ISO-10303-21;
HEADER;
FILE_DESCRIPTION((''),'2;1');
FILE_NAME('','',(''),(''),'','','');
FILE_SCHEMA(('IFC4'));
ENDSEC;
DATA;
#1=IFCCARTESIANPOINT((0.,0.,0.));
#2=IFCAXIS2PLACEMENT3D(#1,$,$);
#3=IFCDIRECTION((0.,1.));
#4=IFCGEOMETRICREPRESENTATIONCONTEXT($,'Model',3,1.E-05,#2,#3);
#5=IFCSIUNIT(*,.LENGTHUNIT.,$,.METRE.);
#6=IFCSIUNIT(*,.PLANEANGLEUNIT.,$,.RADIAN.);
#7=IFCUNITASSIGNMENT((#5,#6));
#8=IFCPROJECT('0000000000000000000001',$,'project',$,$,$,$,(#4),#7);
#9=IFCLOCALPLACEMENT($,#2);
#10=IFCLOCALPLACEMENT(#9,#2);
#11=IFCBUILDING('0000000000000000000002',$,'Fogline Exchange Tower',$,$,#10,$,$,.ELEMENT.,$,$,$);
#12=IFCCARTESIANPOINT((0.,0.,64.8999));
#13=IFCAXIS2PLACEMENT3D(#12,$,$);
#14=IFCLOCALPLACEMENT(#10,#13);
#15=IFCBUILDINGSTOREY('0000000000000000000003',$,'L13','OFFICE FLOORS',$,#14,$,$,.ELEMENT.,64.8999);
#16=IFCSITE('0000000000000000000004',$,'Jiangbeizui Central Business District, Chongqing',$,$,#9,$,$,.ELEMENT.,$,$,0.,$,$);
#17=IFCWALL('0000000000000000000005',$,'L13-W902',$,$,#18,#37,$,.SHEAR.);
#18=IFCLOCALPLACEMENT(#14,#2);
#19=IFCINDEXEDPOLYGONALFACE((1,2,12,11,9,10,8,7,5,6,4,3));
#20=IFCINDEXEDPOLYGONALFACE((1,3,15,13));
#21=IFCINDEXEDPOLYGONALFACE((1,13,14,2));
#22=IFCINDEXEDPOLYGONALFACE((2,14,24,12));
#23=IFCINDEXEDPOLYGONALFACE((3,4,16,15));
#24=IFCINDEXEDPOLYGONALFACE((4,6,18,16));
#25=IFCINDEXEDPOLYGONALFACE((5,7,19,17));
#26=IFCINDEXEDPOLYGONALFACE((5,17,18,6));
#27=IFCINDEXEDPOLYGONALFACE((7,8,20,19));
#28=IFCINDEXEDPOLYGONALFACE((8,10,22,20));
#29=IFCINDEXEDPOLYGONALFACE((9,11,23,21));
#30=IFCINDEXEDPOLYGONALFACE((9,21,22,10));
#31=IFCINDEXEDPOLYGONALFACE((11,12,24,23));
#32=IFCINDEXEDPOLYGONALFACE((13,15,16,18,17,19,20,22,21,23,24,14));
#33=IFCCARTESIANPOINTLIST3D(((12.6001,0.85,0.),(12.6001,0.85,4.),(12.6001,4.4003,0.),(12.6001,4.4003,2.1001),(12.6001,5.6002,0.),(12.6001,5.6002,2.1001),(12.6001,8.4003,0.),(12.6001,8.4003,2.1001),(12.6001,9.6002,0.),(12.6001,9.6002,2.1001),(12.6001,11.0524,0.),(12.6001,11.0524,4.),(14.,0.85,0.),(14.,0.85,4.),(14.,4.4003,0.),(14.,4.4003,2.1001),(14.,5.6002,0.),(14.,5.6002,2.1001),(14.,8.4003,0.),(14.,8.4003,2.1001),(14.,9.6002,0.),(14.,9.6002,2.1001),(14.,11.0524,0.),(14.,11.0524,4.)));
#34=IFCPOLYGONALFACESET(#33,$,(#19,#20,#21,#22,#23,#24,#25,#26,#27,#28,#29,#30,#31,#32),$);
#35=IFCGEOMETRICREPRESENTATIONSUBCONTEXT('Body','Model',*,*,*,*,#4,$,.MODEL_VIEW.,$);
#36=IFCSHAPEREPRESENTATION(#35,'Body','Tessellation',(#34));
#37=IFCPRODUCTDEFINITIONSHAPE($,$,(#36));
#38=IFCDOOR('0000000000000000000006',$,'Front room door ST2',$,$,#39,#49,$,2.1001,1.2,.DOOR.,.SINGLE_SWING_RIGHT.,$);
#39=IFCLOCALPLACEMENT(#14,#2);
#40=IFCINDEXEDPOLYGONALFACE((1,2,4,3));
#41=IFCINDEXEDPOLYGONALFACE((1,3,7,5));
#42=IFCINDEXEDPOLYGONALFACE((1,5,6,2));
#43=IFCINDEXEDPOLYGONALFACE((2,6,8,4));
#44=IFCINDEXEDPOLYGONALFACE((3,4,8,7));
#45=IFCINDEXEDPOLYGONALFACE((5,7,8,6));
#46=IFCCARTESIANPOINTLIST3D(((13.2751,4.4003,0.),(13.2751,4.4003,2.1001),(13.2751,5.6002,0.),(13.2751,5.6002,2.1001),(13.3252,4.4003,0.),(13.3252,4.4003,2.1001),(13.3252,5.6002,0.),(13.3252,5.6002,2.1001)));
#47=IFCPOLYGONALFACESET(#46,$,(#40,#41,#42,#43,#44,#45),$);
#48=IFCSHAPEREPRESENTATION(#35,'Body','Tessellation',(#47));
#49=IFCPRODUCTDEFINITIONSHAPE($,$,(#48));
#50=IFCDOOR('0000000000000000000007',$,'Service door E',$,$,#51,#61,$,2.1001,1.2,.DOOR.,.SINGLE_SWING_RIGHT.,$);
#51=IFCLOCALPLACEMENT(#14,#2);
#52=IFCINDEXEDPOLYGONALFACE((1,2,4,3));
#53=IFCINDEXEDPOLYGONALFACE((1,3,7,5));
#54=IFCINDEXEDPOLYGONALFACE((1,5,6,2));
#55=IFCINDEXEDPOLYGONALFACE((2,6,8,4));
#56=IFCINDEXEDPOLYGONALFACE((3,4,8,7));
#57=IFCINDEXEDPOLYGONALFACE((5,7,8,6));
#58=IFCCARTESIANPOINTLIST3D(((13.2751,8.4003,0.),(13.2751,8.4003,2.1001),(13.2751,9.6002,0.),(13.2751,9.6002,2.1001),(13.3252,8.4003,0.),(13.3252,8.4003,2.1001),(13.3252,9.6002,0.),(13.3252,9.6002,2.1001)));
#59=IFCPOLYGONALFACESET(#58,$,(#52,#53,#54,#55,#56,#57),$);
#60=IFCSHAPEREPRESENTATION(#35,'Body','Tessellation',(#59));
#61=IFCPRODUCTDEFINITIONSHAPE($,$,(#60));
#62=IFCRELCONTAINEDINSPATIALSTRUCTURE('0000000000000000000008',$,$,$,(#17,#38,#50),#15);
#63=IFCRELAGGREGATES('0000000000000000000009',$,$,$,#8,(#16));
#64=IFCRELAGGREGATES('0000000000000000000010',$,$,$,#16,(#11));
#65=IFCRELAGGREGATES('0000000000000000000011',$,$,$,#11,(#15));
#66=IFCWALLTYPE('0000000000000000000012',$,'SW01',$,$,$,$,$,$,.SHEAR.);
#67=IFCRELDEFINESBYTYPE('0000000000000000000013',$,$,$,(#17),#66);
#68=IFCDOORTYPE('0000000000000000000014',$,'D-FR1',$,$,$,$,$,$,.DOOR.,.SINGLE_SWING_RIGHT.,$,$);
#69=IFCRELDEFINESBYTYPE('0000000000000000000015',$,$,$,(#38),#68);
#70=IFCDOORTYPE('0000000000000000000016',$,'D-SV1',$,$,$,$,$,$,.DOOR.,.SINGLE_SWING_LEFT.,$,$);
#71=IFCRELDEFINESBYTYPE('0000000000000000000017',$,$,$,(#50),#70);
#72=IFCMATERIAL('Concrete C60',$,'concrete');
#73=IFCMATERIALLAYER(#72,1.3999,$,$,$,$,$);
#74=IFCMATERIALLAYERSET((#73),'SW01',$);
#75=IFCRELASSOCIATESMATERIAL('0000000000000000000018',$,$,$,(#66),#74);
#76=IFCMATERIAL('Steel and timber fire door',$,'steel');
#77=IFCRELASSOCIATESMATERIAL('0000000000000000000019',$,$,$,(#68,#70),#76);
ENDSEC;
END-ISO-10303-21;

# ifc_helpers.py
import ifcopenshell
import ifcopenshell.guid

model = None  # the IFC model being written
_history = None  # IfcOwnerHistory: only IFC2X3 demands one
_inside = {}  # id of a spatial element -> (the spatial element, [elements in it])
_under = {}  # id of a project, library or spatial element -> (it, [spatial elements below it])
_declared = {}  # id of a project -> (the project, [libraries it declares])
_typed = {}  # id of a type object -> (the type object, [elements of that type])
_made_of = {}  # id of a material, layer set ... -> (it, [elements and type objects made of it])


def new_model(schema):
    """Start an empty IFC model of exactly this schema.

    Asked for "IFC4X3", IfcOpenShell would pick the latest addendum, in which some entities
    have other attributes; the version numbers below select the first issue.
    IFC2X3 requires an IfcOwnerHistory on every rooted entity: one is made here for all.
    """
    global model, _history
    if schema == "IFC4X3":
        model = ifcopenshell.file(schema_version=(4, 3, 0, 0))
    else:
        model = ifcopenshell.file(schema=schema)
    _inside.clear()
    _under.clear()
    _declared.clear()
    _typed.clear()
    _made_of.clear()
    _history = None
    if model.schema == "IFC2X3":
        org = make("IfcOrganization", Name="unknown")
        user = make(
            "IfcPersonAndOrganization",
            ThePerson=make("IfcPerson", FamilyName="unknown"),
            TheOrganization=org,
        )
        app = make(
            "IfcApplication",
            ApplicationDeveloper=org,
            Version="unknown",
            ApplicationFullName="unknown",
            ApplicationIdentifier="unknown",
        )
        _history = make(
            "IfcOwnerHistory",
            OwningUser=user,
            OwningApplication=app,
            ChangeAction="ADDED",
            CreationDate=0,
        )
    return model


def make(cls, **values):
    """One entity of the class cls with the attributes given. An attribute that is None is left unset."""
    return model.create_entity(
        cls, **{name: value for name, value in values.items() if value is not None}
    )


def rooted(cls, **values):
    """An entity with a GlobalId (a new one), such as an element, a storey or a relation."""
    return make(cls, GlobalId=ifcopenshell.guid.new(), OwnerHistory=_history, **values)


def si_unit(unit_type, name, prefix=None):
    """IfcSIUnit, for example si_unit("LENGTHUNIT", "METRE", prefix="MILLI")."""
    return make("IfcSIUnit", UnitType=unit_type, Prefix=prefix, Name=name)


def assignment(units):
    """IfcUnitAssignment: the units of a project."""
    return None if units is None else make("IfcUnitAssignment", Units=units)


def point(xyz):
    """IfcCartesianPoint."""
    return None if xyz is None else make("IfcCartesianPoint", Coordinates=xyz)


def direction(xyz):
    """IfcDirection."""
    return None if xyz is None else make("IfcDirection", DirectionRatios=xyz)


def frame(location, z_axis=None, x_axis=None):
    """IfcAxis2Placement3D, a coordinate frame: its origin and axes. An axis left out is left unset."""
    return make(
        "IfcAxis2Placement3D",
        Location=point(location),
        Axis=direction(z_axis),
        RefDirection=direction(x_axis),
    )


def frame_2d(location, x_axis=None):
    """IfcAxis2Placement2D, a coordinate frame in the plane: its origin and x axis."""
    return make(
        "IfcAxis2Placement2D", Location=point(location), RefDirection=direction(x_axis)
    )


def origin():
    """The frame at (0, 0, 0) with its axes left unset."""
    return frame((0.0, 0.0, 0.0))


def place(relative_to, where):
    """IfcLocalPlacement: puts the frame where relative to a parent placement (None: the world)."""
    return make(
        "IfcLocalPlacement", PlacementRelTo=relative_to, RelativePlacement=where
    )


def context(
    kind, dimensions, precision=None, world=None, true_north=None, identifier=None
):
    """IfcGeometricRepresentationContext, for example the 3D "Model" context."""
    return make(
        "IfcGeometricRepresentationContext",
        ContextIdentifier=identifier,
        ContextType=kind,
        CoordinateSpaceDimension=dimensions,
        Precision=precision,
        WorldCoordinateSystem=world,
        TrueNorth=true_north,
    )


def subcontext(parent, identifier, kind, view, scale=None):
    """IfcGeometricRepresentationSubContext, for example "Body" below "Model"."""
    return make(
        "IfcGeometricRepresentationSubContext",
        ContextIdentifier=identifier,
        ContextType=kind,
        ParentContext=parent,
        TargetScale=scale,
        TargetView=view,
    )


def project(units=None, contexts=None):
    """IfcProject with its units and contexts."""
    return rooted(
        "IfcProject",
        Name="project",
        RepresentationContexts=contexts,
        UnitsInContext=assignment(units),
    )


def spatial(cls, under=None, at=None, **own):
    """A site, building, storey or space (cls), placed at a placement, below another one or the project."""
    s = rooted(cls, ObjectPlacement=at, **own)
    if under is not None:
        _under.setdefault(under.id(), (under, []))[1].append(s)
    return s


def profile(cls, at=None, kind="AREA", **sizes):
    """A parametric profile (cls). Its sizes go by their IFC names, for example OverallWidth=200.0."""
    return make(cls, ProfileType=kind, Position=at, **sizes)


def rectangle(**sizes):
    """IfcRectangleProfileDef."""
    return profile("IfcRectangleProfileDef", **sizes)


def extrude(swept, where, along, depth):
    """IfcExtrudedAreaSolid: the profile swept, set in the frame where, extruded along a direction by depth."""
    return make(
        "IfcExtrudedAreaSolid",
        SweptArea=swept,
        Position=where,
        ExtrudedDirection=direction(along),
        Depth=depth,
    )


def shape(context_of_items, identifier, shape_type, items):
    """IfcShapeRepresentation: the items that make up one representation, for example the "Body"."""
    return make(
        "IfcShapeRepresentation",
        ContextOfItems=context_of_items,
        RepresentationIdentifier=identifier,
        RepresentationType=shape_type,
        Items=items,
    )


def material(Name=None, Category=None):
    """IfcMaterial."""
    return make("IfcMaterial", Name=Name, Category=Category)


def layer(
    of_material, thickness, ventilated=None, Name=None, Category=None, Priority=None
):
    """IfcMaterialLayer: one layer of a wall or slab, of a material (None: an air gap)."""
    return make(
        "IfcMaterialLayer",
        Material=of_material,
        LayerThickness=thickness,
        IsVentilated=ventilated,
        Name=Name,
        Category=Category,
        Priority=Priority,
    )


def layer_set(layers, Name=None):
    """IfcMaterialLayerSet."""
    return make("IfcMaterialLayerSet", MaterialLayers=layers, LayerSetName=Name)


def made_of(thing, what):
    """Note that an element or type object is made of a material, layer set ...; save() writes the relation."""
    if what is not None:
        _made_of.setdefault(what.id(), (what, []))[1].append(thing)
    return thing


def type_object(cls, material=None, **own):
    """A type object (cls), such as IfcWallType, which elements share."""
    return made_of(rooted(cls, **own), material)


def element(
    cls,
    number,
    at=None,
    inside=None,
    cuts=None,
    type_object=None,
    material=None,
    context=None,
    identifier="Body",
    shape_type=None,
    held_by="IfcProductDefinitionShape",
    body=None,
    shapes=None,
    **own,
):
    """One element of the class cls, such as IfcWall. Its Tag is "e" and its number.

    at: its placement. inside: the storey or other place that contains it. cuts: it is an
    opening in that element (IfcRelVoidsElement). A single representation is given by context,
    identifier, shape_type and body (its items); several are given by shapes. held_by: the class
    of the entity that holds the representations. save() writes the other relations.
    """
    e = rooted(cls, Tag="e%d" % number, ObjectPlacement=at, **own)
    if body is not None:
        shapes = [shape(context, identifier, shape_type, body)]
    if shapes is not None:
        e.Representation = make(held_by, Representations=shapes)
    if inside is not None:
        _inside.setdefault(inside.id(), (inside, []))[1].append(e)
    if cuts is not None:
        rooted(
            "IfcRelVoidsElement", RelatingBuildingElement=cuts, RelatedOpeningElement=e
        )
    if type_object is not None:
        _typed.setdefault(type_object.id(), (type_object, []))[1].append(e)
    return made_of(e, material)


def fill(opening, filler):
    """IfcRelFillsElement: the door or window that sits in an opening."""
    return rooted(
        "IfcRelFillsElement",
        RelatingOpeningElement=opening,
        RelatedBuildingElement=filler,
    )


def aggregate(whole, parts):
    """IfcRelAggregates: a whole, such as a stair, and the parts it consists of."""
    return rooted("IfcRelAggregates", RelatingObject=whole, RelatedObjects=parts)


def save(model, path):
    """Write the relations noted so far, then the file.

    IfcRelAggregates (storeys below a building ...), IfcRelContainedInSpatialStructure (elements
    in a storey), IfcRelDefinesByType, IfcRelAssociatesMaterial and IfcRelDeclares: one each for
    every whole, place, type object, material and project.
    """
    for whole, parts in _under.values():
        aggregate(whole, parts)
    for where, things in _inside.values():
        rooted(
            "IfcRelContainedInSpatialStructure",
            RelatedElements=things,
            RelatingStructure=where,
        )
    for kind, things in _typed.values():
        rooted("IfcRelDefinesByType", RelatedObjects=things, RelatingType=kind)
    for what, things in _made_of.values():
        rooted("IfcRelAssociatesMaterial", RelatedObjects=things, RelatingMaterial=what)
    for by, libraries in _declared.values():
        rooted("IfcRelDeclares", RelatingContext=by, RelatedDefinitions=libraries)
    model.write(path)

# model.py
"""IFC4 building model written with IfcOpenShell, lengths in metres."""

from ifc_helpers import new_model, si_unit, direction, frame, frame_2d, origin, place, context, subcontext, project, spatial, rectangle, extrude, material, layer, layer_set, type_object, element, fill, save


model = new_model("IFC4")

# Units and contexts
model_context = context("Model", 3, precision=1e-05, world=origin(), true_north=direction((0.0, 1.0)))
body_context = subcontext(model_context, "Body", "Model", "MODEL_VIEW")
ifc_project = project(units=[si_unit("LENGTHUNIT", "METRE"), si_unit("PLANEANGLEUNIT", "RADIAN")], contexts=[model_context])

# Site, building, storey
site_placement = place(None, origin())
site = spatial("IfcSite", under=ifc_project, at=site_placement, Name="Jiangbeizui Central Business District, Chongqing", CompositionType="ELEMENT", RefElevation=0.0)
building_placement = place(site_placement, origin())
building = spatial("IfcBuilding", under=site, at=building_placement, Name="Fogline Exchange Tower", CompositionType="ELEMENT")
storey_placement = place(building_placement, frame((0.0, 0.0, 64.8999)))
storey = spatial("IfcBuildingStorey", under=building, at=storey_placement, Name="L13", Description="OFFICE FLOORS", CompositionType="ELEMENT", Elevation=64.8999)

# Shared definitions
ifc_material_1 = material(Name="Steel and timber fire door", Category="steel")

# Wall, openings, doors
ifc_material_2 = material(Name="Concrete C60", Category="concrete")
ifc_layer_1 = layer(ifc_material_2, 1.3999)
ifc_layer_set_1 = layer_set([ifc_layer_1], Name="SW01")
wall_type_1 = type_object("IfcWallType", Name="SW01", PredefinedType="SHEAR", material=ifc_layer_set_1)
wall_1_placement = place(storey_placement, frame((13.3, 0.8501, 0.0), z_axis=(0.0, 0.0, 1.0), x_axis=(0.0, 1.0, 0.0)))
wall_1 = element("IfcWall", 1, at=wall_1_placement, inside=storey, type_object=wall_type_1, Name="L13-W902", PredefinedType="SHEAR", context=body_context, shape_type="SweptSolid", body=[
    extrude(rectangle(XDim=10.2024, YDim=1.3999, at=frame_2d((5.1011, 0.0))), origin(), (0.0, 0.0, 1.0), 4.0),
])
opening_1_placement = place(wall_1_placement, frame((3.55, 0.0, 0.0)))
opening_1 = element("IfcOpeningElement", 2, at=opening_1_placement, cuts=wall_1, PredefinedType="OPENING", context=body_context, shape_type="SweptSolid", body=[
    extrude(rectangle(XDim=1.2, YDim=2.1001, at=frame_2d((0.6001, 1.05))), frame((0.0, 0.71, 0.0), z_axis=(0.0, -1.0, 0.0), x_axis=(1.0, 0.0, 0.0)), (0.0, 0.0, 1.0), 1.4199),
])
opening_2_placement = place(wall_1_placement, frame((7.55, 0.0, 0.0)))
opening_2 = element("IfcOpeningElement", 3, at=opening_2_placement, cuts=wall_1, PredefinedType="OPENING", context=body_context, shape_type="SweptSolid", body=[
    extrude(rectangle(XDim=1.2, YDim=2.1001, at=frame_2d((0.6001, 1.05))), frame((0.0, 0.71, 0.0), z_axis=(0.0, -1.0, 0.0), x_axis=(1.0, 0.0, 0.0)), (0.0, 0.0, 1.0), 1.4199),
])
door_type_1 = type_object("IfcDoorType", Name="D-FR1", OperationType="SINGLE_SWING_RIGHT", PredefinedType="DOOR", material=ifc_material_1)
door_1_placement = place(opening_1_placement, origin())
door_1 = element("IfcDoor", 4, at=door_1_placement, inside=storey, type_object=door_type_1, Name="Front room door ST2", OperationType="SINGLE_SWING_RIGHT", OverallHeight=2.1001, OverallWidth=1.2, PredefinedType="DOOR", context=body_context, shape_type="SweptSolid", body=[
    extrude(rectangle(XDim=1.2, YDim=2.1001, at=frame_2d((0.6001, 1.05))), frame((0.0, 0.0249, 0.0), z_axis=(0.0, -1.0, 0.0), x_axis=(1.0, 0.0, 0.0)), (0.0, 0.0, 1.0), 0.05),
])
fill(opening_1, door_1)
door_type_2 = type_object("IfcDoorType", Name="D-SV1", OperationType="SINGLE_SWING_LEFT", PredefinedType="DOOR", material=ifc_material_1)
door_2_placement = place(opening_2_placement, origin())
door_2 = element("IfcDoor", 5, at=door_2_placement, inside=storey, type_object=door_type_2, Name="Service door E", OperationType="SINGLE_SWING_RIGHT", OverallHeight=2.1001, OverallWidth=1.2, PredefinedType="DOOR", context=body_context, shape_type="SweptSolid", body=[
    extrude(rectangle(XDim=1.2, YDim=2.1001, at=frame_2d((0.6001, 1.05))), frame((0.0, 0.0249, 0.0), z_axis=(0.0, -1.0, 0.0), x_axis=(1.0, 0.0, 0.0)), (0.0, 0.0, 1.0), 0.05),
])
fill(opening_2, door_2)

save(model, "model.ifc")
